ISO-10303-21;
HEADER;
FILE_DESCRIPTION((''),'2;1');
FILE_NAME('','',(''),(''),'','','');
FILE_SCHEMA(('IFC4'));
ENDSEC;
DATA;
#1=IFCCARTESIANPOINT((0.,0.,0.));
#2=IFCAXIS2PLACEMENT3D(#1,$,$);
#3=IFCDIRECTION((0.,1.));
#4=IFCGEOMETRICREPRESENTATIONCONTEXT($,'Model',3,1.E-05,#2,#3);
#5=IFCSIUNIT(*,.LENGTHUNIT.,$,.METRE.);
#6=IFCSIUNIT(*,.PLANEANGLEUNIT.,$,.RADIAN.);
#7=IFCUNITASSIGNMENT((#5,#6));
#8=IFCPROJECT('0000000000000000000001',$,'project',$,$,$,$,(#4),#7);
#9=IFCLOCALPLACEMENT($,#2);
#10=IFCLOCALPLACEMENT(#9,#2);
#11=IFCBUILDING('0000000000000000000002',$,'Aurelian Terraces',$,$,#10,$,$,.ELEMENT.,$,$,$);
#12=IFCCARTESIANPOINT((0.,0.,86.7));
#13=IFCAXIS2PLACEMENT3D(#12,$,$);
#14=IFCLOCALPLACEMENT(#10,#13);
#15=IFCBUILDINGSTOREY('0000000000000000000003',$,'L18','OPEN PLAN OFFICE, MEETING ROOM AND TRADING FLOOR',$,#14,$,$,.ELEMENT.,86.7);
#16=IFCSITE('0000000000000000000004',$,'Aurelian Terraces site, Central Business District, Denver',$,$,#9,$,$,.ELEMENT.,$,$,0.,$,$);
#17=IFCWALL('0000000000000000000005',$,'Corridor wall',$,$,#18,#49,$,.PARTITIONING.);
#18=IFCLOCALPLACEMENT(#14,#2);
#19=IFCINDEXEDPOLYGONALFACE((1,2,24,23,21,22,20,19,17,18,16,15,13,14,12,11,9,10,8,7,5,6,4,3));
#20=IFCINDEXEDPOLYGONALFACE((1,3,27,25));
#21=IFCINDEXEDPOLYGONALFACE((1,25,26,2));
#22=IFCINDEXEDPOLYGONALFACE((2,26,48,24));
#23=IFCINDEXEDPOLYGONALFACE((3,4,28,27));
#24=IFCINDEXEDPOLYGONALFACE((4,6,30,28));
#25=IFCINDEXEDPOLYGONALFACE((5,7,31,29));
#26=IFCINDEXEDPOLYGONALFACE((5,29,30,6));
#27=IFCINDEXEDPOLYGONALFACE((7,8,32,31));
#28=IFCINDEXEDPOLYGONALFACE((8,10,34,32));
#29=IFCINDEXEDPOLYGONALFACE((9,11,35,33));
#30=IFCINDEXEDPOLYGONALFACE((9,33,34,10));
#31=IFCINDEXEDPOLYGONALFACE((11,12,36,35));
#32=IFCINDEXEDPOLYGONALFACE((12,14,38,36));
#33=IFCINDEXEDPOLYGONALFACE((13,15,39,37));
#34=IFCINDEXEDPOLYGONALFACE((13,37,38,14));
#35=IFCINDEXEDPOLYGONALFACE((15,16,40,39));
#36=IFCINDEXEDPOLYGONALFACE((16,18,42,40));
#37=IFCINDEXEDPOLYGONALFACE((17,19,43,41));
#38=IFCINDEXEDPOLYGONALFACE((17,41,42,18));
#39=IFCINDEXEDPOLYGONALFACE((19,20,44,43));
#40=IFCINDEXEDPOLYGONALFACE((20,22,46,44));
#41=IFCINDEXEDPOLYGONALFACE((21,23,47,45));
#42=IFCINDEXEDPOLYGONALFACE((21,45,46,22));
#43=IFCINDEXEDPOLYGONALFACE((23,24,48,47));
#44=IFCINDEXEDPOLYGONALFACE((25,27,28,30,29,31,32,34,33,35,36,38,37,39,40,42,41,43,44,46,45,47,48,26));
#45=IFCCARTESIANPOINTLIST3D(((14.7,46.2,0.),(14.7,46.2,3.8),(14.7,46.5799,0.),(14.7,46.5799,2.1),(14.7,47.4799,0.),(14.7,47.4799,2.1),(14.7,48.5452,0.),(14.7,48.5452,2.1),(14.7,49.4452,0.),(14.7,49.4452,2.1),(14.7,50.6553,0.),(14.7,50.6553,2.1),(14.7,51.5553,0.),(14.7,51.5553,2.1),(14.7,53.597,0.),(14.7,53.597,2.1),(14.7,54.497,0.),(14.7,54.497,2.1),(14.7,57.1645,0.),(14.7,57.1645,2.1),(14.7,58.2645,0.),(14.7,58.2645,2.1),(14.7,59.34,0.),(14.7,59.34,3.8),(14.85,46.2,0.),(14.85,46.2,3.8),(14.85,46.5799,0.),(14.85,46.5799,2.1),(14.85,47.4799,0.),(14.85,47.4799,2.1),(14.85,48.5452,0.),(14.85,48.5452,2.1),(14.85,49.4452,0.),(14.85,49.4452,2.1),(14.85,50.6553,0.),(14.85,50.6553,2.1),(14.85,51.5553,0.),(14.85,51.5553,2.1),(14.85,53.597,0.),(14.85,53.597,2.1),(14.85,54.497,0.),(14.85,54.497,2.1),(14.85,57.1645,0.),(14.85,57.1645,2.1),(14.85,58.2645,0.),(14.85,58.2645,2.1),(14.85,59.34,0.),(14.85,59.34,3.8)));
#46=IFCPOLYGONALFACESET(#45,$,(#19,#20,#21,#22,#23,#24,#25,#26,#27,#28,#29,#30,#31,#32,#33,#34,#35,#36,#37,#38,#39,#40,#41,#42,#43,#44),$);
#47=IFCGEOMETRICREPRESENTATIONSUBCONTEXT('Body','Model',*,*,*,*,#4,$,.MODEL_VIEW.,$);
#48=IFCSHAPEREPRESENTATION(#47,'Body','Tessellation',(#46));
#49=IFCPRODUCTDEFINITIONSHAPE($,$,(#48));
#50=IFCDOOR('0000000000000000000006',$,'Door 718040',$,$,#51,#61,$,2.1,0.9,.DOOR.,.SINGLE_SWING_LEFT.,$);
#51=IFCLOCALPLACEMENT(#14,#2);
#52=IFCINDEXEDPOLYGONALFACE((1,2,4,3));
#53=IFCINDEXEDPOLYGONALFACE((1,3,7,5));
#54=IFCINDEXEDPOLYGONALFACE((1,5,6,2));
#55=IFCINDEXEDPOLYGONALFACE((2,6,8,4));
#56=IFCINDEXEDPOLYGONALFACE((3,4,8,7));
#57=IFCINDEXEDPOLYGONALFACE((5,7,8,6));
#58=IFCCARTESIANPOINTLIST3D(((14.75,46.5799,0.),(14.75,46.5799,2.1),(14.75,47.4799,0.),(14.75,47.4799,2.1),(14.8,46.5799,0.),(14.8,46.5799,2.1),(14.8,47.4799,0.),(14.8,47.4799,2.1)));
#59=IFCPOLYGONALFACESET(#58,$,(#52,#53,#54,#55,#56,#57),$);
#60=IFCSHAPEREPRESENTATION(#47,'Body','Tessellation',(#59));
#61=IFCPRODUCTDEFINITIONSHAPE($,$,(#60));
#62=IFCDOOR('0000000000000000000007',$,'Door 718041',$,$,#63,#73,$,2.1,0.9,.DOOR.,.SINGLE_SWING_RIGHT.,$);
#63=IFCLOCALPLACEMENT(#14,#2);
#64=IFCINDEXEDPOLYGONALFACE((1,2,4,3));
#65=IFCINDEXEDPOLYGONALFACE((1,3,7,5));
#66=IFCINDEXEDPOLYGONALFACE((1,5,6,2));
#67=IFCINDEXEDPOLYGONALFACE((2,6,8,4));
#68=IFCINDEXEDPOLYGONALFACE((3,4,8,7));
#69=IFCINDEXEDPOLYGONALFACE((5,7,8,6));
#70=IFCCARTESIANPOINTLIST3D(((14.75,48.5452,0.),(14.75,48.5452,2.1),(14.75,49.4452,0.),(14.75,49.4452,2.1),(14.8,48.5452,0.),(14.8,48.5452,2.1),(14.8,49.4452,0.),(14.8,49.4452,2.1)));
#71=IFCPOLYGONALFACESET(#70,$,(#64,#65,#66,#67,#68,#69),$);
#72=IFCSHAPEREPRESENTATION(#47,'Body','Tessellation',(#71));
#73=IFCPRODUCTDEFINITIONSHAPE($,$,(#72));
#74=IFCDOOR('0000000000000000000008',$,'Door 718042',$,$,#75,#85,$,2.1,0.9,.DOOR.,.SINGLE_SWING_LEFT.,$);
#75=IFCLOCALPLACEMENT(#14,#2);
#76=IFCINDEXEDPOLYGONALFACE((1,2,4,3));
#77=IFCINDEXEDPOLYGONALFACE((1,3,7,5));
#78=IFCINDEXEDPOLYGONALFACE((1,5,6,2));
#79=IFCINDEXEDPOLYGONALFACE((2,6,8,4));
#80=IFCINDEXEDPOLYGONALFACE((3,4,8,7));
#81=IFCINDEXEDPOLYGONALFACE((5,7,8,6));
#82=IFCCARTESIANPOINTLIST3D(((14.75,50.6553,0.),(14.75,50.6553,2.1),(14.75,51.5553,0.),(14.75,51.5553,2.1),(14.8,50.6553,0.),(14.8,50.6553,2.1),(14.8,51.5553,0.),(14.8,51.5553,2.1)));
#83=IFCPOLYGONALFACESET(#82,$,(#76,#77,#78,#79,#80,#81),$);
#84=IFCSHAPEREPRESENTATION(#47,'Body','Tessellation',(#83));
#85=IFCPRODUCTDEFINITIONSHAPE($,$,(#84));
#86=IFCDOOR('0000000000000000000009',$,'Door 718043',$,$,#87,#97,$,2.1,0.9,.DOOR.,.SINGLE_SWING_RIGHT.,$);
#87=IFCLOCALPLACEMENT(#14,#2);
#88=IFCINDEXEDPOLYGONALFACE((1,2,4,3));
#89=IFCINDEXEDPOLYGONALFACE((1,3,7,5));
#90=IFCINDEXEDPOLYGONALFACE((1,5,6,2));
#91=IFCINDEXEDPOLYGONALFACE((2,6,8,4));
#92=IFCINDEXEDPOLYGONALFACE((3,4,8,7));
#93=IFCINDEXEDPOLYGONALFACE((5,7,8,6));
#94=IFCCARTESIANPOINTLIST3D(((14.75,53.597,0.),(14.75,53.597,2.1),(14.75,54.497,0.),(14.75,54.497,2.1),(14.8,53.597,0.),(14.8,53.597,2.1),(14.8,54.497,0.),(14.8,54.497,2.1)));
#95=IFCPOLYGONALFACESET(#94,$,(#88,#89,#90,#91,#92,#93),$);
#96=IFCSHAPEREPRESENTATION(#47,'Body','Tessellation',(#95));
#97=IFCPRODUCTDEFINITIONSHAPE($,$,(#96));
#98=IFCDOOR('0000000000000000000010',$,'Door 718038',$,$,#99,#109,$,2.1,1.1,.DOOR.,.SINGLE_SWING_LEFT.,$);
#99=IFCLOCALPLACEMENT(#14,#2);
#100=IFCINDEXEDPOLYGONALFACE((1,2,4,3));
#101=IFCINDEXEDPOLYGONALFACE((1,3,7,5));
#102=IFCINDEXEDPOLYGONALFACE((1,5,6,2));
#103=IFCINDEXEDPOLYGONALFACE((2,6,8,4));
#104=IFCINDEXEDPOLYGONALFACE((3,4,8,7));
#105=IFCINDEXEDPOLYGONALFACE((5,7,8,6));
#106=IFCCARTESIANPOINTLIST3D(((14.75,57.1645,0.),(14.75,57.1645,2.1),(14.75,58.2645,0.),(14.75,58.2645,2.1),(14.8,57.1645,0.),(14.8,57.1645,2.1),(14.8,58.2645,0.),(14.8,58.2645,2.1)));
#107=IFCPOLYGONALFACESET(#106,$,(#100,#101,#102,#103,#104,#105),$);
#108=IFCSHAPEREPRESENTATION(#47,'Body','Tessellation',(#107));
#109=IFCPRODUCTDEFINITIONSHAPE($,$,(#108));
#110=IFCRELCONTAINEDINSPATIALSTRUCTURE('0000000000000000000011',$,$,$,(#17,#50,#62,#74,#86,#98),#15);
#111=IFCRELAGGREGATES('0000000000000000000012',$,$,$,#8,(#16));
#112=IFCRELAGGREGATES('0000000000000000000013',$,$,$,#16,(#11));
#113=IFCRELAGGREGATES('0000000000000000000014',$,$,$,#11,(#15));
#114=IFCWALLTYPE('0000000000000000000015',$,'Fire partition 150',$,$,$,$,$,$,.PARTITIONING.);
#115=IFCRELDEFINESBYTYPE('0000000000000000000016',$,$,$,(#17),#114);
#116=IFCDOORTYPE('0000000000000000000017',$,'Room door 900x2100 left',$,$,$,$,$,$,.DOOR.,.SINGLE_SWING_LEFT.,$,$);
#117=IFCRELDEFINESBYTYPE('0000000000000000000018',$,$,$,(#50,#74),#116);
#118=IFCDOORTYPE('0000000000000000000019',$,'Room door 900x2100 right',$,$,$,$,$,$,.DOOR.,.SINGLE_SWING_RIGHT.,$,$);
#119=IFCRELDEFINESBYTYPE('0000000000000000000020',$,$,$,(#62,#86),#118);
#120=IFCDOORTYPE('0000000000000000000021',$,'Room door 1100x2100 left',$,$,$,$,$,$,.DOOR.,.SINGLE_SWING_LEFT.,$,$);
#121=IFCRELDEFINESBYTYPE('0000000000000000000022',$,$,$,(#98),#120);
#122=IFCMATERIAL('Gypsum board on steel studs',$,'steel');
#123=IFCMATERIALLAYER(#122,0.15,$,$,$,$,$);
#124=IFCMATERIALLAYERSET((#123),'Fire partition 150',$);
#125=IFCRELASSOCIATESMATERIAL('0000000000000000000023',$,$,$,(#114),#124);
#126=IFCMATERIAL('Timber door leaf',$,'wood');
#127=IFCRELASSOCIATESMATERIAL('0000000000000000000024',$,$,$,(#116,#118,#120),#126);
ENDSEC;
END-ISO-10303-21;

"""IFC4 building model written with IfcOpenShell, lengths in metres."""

from ifc_helpers import new_model, si_unit, direction, frame, frame_2d, origin, place, context, subcontext, project, spatial, rectangle, extrude, source, transform, mapped, material, layer, layer_set, type_object, element, fill, save


model = new_model("IFC4")

# Units and contexts
model_context = context("Model", 3, precision=1e-05, world=origin(), true_north=direction((0.0, 1.0)))
body_context = subcontext(model_context, "Body", "Model", "MODEL_VIEW")
ifc_project = project(units=[si_unit("LENGTHUNIT", "METRE"), si_unit("PLANEANGLEUNIT", "RADIAN")], contexts=[model_context])

# Site, building, storey
site_placement = place(None, origin())
site = spatial("IfcSite", under=ifc_project, at=site_placement, Name="Aurelian Terraces site, Central Business District, Denver", CompositionType="ELEMENT", RefElevation=0.0)
building_placement = place(site_placement, origin())
building = spatial("IfcBuilding", under=site, at=building_placement, Name="Aurelian Terraces", CompositionType="ELEMENT")
storey_placement = place(building_placement, frame((0.0, 0.0, 86.7)))
storey = spatial("IfcBuildingStorey", under=building, at=storey_placement, Name="L18", Description="OPEN PLAN OFFICE, MEETING ROOM AND TRADING FLOOR", CompositionType="ELEMENT", Elevation=86.7)

# Shared definitions
ifc_material_1 = material(Name="Gypsum board on steel studs", Category="steel")
ifc_material_2 = material(Name="Timber door leaf", Category="wood")

# Wall, openings, doors
ifc_layer_1 = layer(ifc_material_1, 0.15)
ifc_layer_set_1 = layer_set([ifc_layer_1], Name="Fire partition 150")
wall_type_1 = type_object("IfcWallType", Name="Fire partition 150", PredefinedType="PARTITIONING", material=ifc_layer_set_1)
shared_shape_1 = source(origin(), body_context, "Body", "SweptSolid", [
    extrude(rectangle(XDim=13.14, YDim=0.15, at=frame_2d((6.57, 0.0))), origin(), (0.0, 0.0, 1.0), 3.8),
])
wall_1_placement = place(storey_placement, frame((14.775, 46.2, 0.0), z_axis=(0.0, 0.0, 1.0), x_axis=(0.0, 1.0, 0.0)))
wall_1 = element("IfcWall", 1, at=wall_1_placement, inside=storey, type_object=wall_type_1, Name="Corridor wall", PredefinedType="PARTITIONING", context=body_context, shape_type="MappedRepresentation", body=[
    mapped(shared_shape_1, transform((0.0, 0.0, 0.0), scale=1.0)),
])
shared_shape_2 = source(origin(), body_context, "Body", "SweptSolid", [
    extrude(rectangle(XDim=1.1, YDim=2.1, at=frame_2d((0.55, 1.05))), frame((0.0, 0.085, 0.0), z_axis=(0.0, -1.0, 0.0), x_axis=(1.0, 0.0, 0.0)), (0.0, 0.0, 1.0), 0.17),
])
opening_1_placement = place(wall_1_placement, frame((10.9645, 0.0, 0.0)))
opening_1 = element("IfcOpeningElement", 2, at=opening_1_placement, cuts=wall_1, PredefinedType="OPENING", context=body_context, shape_type="MappedRepresentation", body=[
    mapped(shared_shape_2, transform((0.0, 0.0, 0.0), scale=1.0)),
])
shared_shape_3 = source(origin(), body_context, "Body", "SweptSolid", [
    extrude(rectangle(XDim=0.9, YDim=2.1, at=frame_2d((0.45, 1.05))), frame((0.0, 0.085, 0.0), z_axis=(0.0, -1.0, 0.0), x_axis=(1.0, 0.0, 0.0)), (0.0, 0.0, 1.0), 0.17),
])
opening_2_placement = place(wall_1_placement, frame((0.3799, 0.0, 0.0)))
opening_2 = element("IfcOpeningElement", 3, at=opening_2_placement, cuts=wall_1, PredefinedType="OPENING", context=body_context, shape_type="MappedRepresentation", body=[
    mapped(shared_shape_3, transform((0.0, 0.0, 0.0), scale=1.0)),
])
opening_3_placement = place(wall_1_placement, frame((2.3452, 0.0, 0.0)))
opening_3 = element("IfcOpeningElement", 4, at=opening_3_placement, cuts=wall_1, PredefinedType="OPENING", context=body_context, shape_type="MappedRepresentation", body=[
    mapped(shared_shape_3, transform((0.0, 0.0, 0.0), scale=1.0)),
])
opening_4_placement = place(wall_1_placement, frame((4.4553, 0.0, 0.0)))
opening_4 = element("IfcOpeningElement", 5, at=opening_4_placement, cuts=wall_1, PredefinedType="OPENING", context=body_context, shape_type="MappedRepresentation", body=[
    mapped(shared_shape_3, transform((0.0, 0.0, 0.0), scale=1.0)),
])
opening_5_placement = place(wall_1_placement, frame((7.397, 0.0, 0.0)))
opening_5 = element("IfcOpeningElement", 6, at=opening_5_placement, cuts=wall_1, PredefinedType="OPENING", context=body_context, shape_type="MappedRepresentation", body=[
    mapped(shared_shape_3, transform((0.0, 0.0, 0.0), scale=1.0)),
])
door_type_1 = type_object("IfcDoorType", Name="Room door 900x2100 left", OperationType="SINGLE_SWING_LEFT", PredefinedType="DOOR", material=ifc_material_2)
shared_shape_4 = source(origin(), body_context, "Body", "SweptSolid", [
    extrude(rectangle(XDim=0.9, YDim=2.1, at=frame_2d((0.45, 1.05))), frame((0.0, 0.025, 0.0), z_axis=(0.0, -1.0, 0.0), x_axis=(1.0, 0.0, 0.0)), (0.0, 0.0, 1.0), 0.05),
])
door_1_placement = place(opening_2_placement, origin())
door_1 = element("IfcDoor", 7, at=door_1_placement, inside=storey, type_object=door_type_1, Name="Door 718040", OperationType="SINGLE_SWING_LEFT", OverallHeight=2.1, OverallWidth=0.9, PredefinedType="DOOR", context=body_context, shape_type="MappedRepresentation", body=[
    mapped(shared_shape_4, transform((0.0, 0.0, 0.0), scale=1.0)),
])
fill(opening_2, door_1)
door_type_2 = type_object("IfcDoorType", Name="Room door 900x2100 right", OperationType="SINGLE_SWING_RIGHT", PredefinedType="DOOR", material=ifc_material_2)
door_2_placement = place(opening_3_placement, origin())
door_2 = element("IfcDoor", 8, at=door_2_placement, inside=storey, type_object=door_type_2, Name="Door 718041", OperationType="SINGLE_SWING_RIGHT", OverallHeight=2.1, OverallWidth=0.9, PredefinedType="DOOR", context=body_context, shape_type="MappedRepresentation", body=[
    mapped(shared_shape_4, transform((0.0, 0.0, 0.0), scale=1.0)),
])
fill(opening_3, door_2)
door_3_placement = place(opening_4_placement, origin())
door_3 = element("IfcDoor", 9, at=door_3_placement, inside=storey, type_object=door_type_1, Name="Door 718042", OperationType="SINGLE_SWING_LEFT", OverallHeight=2.1, OverallWidth=0.9, PredefinedType="DOOR", context=body_context, shape_type="MappedRepresentation", body=[
    mapped(shared_shape_4, transform((0.0, 0.0, 0.0), scale=1.0)),
])
fill(opening_4, door_3)
door_4_placement = place(opening_5_placement, origin())
door_4 = element("IfcDoor", 10, at=door_4_placement, inside=storey, type_object=door_type_2, Name="Door 718043", OperationType="SINGLE_SWING_RIGHT", OverallHeight=2.1, OverallWidth=0.9, PredefinedType="DOOR", context=body_context, shape_type="MappedRepresentation", body=[
    mapped(shared_shape_4, transform((0.0, 0.0, 0.0), scale=1.0)),
])
fill(opening_5, door_4)
door_type_3 = type_object("IfcDoorType", Name="Room door 1100x2100 left", OperationType="SINGLE_SWING_LEFT", PredefinedType="DOOR", material=ifc_material_2)
shared_shape_5 = source(origin(), body_context, "Body", "SweptSolid", [
    extrude(rectangle(XDim=1.1, YDim=2.1, at=frame_2d((0.55, 1.05))), frame((0.0, 0.025, 0.0), z_axis=(0.0, -1.0, 0.0), x_axis=(1.0, 0.0, 0.0)), (0.0, 0.0, 1.0), 0.05),
])
door_5_placement = place(opening_1_placement, origin())
door_5 = element("IfcDoor", 11, at=door_5_placement, inside=storey, type_object=door_type_3, Name="Door 718038", OperationType="SINGLE_SWING_LEFT", OverallHeight=2.1, OverallWidth=1.1, PredefinedType="DOOR", context=body_context, shape_type="MappedRepresentation", body=[
    mapped(shared_shape_5, transform((0.0, 0.0, 0.0), scale=1.0)),
])
fill(opening_1, door_5)

save(model, "model.ifc")
